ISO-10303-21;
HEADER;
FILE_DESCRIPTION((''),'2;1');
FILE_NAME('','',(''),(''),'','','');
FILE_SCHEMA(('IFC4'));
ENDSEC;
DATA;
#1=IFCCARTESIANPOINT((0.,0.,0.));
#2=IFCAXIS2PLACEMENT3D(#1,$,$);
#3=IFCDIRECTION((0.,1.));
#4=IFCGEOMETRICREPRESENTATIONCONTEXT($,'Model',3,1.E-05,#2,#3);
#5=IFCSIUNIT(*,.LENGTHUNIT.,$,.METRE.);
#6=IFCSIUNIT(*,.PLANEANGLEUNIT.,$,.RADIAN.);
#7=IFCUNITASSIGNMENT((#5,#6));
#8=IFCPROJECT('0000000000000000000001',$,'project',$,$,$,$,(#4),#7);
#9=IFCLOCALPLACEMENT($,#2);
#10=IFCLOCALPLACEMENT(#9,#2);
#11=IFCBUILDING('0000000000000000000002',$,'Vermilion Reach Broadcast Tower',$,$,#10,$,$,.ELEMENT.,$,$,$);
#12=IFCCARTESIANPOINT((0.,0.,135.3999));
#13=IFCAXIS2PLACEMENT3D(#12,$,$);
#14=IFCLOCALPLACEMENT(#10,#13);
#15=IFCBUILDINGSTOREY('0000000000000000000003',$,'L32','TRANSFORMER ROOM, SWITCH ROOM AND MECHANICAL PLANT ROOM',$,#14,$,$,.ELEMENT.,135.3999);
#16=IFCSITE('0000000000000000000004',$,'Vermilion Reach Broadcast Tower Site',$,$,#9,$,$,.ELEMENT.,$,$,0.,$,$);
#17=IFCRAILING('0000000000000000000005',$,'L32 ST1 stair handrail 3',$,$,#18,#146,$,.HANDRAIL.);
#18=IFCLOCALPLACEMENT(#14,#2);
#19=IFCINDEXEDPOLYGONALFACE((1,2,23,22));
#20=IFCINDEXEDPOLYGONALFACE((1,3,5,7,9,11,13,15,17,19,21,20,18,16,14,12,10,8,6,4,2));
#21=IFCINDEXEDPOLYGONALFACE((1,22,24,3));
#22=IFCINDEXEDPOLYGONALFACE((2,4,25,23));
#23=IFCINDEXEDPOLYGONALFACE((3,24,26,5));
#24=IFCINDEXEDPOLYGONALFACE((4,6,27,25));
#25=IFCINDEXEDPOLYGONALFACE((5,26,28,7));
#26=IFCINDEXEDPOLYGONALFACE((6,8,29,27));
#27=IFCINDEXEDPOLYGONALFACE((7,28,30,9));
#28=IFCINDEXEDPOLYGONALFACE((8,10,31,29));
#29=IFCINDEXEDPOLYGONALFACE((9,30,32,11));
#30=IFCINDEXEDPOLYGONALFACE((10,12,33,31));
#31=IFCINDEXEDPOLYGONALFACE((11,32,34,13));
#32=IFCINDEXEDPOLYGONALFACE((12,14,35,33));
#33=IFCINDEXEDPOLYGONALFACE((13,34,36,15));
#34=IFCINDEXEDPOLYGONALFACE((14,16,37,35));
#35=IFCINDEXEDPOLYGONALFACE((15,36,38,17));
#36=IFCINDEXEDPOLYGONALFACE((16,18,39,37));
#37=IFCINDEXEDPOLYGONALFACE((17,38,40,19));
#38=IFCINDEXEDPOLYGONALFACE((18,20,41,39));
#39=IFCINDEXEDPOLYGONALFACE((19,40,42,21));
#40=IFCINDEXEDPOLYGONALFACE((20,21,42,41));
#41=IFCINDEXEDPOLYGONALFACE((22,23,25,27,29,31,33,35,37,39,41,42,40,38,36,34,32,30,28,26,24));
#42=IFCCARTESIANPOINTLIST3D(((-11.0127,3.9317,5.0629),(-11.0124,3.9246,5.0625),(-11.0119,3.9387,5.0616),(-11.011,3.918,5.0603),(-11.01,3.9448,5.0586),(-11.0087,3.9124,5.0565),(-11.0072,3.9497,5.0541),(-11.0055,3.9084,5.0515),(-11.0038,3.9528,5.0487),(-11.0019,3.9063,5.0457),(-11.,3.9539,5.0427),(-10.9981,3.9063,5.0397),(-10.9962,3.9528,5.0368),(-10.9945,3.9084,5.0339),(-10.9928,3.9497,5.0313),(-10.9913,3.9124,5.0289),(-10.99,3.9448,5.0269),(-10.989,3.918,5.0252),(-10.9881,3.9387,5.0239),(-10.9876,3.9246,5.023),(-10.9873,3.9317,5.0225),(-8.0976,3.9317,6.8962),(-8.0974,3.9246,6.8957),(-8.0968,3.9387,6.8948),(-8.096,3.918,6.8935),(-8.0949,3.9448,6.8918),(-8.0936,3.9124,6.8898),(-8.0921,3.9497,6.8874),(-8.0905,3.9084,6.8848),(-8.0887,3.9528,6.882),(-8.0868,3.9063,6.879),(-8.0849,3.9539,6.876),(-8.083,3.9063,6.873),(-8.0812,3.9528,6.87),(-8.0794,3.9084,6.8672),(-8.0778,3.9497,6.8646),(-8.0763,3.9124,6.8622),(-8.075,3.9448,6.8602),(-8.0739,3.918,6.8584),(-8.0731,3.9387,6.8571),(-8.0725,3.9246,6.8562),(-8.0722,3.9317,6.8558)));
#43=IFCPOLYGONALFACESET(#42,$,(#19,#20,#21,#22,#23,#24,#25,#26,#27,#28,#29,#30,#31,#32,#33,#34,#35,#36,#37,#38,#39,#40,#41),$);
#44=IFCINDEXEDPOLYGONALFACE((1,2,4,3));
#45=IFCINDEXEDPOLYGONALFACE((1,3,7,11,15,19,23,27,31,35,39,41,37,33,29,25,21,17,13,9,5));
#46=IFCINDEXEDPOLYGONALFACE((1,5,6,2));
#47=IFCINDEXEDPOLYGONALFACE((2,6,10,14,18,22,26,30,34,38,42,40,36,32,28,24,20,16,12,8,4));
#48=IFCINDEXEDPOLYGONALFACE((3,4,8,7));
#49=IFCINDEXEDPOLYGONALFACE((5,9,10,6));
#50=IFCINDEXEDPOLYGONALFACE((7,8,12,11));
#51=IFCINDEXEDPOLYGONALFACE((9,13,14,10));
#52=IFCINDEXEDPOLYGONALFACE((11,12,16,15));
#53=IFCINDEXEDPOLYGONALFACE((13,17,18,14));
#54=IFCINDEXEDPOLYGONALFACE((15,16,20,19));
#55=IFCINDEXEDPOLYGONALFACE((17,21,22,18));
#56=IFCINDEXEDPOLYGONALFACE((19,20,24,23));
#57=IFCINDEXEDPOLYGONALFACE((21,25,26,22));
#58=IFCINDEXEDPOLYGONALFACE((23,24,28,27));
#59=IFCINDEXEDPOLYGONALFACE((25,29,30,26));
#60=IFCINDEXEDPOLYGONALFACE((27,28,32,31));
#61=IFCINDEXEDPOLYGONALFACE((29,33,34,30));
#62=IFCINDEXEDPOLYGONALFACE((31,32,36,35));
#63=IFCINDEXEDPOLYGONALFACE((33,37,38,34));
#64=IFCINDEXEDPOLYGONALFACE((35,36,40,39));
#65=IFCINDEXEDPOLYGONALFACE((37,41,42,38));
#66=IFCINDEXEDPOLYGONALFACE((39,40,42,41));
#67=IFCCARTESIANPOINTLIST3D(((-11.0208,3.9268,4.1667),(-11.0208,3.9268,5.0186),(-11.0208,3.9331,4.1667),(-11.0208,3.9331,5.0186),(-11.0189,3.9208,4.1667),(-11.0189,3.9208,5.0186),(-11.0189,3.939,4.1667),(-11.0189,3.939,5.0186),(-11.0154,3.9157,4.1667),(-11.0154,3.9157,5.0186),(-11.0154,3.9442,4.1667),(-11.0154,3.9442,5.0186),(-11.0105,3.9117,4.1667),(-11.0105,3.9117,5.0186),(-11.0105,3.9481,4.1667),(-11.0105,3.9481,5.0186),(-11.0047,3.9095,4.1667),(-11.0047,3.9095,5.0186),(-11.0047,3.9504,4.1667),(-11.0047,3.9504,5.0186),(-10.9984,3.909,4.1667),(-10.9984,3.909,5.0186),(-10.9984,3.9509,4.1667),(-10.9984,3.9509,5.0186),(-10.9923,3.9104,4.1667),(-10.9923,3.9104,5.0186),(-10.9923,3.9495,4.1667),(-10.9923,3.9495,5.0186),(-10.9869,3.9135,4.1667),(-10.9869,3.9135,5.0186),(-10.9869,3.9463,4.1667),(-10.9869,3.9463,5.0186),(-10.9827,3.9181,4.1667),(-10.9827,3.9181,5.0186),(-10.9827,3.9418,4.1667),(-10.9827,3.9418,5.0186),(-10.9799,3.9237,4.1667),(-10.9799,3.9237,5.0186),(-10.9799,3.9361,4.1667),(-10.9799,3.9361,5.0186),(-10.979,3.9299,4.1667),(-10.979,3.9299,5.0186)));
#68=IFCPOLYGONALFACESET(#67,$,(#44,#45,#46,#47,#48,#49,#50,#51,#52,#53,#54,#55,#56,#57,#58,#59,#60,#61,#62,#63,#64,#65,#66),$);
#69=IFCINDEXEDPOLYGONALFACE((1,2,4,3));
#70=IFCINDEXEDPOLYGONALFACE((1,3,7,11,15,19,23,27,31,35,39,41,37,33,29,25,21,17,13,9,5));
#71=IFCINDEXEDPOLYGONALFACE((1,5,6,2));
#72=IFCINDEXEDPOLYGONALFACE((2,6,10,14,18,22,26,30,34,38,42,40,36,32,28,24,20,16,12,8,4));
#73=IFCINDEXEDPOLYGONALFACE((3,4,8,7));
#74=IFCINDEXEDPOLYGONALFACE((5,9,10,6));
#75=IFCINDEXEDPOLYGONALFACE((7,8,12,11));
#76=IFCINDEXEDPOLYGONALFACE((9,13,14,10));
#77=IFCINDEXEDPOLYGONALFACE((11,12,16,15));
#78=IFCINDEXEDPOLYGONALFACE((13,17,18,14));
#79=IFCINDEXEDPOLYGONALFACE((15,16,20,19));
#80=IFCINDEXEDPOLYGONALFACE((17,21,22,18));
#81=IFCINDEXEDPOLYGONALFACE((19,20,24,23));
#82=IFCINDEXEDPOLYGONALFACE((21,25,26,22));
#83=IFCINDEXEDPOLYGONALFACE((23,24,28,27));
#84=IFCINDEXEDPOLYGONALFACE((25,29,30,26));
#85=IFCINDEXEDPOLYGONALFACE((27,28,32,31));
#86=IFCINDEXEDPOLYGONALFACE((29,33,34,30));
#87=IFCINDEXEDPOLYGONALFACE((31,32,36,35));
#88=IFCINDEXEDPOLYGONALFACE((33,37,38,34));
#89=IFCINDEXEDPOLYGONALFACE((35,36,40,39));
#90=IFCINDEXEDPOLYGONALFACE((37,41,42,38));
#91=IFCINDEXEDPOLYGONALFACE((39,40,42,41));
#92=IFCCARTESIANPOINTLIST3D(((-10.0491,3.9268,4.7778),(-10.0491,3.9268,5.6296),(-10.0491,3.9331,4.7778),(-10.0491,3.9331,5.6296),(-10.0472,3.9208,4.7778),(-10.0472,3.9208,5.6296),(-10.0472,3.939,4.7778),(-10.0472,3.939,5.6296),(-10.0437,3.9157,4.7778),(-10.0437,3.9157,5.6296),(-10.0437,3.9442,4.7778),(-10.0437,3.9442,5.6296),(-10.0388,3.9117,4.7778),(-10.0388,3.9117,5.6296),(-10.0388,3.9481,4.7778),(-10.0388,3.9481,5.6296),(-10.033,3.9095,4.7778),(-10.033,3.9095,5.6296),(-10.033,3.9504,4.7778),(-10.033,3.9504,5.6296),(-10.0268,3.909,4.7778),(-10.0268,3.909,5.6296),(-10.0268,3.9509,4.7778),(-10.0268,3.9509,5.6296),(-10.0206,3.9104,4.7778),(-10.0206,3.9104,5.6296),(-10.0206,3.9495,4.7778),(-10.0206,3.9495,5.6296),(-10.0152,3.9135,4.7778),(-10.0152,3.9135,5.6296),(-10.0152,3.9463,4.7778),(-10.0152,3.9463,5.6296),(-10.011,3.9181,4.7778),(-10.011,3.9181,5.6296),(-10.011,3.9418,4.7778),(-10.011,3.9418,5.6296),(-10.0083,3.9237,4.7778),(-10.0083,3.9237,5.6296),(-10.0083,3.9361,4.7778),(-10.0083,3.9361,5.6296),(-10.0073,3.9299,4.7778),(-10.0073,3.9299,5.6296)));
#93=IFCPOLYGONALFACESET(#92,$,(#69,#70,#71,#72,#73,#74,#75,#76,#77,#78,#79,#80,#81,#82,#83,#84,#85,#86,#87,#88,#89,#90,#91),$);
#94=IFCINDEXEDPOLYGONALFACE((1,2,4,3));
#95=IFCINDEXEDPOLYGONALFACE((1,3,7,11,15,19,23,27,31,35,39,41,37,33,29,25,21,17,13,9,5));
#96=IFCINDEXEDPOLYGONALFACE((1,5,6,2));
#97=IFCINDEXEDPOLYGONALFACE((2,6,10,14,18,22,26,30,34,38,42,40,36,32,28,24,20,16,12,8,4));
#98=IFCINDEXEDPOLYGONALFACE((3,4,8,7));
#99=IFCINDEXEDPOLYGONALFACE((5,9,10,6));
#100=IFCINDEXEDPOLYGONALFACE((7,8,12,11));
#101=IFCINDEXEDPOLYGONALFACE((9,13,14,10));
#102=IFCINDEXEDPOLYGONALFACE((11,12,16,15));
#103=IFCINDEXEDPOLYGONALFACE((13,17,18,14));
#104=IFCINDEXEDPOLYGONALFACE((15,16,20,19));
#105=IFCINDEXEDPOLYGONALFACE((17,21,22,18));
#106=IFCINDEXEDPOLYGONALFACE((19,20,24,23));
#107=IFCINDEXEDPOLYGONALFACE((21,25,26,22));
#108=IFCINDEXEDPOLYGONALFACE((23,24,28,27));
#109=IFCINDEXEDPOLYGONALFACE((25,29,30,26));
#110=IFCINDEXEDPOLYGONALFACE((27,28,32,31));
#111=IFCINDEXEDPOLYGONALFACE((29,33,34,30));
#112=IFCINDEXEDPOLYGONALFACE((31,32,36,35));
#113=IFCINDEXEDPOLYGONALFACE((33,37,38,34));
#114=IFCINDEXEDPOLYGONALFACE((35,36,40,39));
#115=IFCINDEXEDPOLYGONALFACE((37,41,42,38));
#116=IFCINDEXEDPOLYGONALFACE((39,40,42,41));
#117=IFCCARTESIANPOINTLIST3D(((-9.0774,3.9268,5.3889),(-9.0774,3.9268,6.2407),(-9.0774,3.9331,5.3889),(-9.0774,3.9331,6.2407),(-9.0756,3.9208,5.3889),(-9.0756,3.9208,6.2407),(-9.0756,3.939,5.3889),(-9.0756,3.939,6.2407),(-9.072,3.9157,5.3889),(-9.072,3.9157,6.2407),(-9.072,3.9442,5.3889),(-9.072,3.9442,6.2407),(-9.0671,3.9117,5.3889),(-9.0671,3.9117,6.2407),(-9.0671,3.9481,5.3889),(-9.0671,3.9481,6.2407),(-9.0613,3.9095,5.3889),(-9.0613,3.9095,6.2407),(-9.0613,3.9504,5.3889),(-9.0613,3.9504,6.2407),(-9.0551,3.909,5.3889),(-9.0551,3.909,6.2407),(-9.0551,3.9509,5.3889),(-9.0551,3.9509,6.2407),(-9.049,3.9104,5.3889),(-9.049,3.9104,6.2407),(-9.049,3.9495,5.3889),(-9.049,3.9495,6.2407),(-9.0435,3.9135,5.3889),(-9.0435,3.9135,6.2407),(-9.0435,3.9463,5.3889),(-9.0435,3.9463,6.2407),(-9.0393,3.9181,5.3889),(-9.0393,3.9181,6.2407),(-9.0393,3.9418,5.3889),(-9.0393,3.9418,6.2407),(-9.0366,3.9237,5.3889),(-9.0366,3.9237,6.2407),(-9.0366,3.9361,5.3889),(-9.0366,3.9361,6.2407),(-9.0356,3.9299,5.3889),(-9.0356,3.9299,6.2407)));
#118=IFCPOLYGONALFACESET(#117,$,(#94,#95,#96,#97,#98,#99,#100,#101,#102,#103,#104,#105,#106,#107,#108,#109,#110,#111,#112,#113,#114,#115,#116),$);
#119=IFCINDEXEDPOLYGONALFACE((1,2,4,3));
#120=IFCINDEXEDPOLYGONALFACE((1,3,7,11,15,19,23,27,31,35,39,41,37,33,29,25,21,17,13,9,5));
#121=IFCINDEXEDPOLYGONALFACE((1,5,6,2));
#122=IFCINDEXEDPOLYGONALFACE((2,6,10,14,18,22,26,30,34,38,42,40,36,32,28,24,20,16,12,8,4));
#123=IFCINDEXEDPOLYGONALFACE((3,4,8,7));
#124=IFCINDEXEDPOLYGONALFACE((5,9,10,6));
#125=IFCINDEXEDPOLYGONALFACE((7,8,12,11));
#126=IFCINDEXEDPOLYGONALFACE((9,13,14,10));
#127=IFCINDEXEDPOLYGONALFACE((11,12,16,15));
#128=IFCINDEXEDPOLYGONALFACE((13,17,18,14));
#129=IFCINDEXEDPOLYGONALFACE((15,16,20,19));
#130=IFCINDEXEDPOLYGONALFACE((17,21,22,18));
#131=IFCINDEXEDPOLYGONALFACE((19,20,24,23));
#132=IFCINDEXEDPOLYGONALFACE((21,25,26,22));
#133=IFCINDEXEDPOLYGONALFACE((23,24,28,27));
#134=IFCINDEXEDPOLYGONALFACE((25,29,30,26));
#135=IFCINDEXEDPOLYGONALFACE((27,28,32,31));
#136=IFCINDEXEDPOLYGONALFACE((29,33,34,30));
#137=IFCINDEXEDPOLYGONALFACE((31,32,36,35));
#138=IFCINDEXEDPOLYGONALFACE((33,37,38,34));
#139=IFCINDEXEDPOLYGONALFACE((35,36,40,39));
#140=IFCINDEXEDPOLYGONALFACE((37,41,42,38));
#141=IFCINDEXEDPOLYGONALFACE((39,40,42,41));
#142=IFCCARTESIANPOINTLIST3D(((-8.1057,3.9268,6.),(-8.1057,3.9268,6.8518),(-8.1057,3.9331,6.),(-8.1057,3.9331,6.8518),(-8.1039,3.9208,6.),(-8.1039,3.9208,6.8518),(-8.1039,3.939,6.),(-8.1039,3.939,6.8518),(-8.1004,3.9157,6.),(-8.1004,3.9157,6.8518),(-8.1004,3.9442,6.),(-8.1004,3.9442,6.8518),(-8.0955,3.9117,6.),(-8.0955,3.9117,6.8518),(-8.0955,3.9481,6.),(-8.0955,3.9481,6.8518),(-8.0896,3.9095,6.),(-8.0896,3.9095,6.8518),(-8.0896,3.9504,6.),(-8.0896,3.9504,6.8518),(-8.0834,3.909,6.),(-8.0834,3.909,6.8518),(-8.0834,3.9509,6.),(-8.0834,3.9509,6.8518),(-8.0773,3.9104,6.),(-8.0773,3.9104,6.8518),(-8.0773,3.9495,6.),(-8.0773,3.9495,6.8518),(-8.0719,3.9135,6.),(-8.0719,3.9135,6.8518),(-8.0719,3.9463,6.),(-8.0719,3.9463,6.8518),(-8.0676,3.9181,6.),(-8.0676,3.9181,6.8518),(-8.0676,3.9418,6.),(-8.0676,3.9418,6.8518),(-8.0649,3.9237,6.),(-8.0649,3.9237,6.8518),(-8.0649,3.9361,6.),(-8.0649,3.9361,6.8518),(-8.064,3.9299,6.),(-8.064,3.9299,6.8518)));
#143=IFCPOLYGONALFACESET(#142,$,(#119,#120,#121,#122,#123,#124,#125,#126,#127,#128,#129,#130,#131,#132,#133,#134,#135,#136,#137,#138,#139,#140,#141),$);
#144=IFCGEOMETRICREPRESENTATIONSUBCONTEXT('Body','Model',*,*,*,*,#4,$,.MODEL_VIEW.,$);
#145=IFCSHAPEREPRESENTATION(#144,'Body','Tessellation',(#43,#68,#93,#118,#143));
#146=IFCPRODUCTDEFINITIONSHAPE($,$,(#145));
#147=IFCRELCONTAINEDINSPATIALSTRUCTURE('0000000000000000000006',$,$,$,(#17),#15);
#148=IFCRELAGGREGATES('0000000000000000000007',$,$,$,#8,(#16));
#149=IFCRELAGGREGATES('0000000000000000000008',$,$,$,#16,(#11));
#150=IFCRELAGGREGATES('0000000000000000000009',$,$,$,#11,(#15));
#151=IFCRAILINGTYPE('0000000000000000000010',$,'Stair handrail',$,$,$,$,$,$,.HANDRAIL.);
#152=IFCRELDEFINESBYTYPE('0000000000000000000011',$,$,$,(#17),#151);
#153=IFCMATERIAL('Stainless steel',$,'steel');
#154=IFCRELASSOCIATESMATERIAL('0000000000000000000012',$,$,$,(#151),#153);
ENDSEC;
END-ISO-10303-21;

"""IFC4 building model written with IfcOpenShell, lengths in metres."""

from ifc_helpers import new_model, si_unit, direction, frame, origin, origin_2d, place, context, subcontext, project, spatial, circle, extrude, material, type_object, element, save


model = new_model("IFC4")

# Units and contexts
model_context = context("Model", 3, precision=1e-05, world=origin(), true_north=direction((0.0, 1.0)))
body_context = subcontext(model_context, "Body", "Model", "MODEL_VIEW")
ifc_project = project(units=[si_unit("LENGTHUNIT", "METRE"), si_unit("PLANEANGLEUNIT", "RADIAN")], contexts=[model_context])

# Site, building, storey
site_placement = place(None, origin())
site = spatial("IfcSite", under=ifc_project, at=site_placement, Name="Vermilion Reach Broadcast Tower Site", CompositionType="ELEMENT", RefElevation=0.0)
building_placement = place(site_placement, origin())
building = spatial("IfcBuilding", under=site, at=building_placement, Name="Vermilion Reach Broadcast Tower", CompositionType="ELEMENT")
storey_placement = place(building_placement, frame((0.0, 0.0, 135.3999)))
storey = spatial("IfcBuildingStorey", under=building, at=storey_placement, Name="L32", Description="TRANSFORMER ROOM, SWITCH ROOM AND MECHANICAL PLANT ROOM", CompositionType="ELEMENT", Elevation=135.3999)

# Railing
ifc_material_1 = material(Name="Stainless steel", Category="steel")
railing_type_1 = type_object("IfcRailingType", Name="Stair handrail", PredefinedType="HANDRAIL", material=ifc_material_1)
railing_1_placement = place(storey_placement, frame((-11.0, 3.9299, 4.1667)))
element("IfcRailing", 1, at=railing_1_placement, inside=storey, type_object=railing_type_1, Name="L32 ST1 stair handrail 3", PredefinedType="HANDRAIL", context=body_context, shape_type="SweptSolid", body=[
    extrude(circle(Radius=0.0239, at=origin_2d()), frame((0.0, 0.0, 0.876), z_axis=(0.846513, 0.0, 0.532368), x_axis=(0.0, 1.0, 0.0)), (0.0, 0.0, 1.0), 3.4436),
    extrude(circle(Radius=0.021, at=origin_2d()), origin(), (0.0, 0.0, 1.0), 0.8518),
    extrude(circle(Radius=0.021, at=origin_2d()), frame((0.9717, 0.0, 0.6111)), (0.0, 0.0, 1.0), 0.8518),
    extrude(circle(Radius=0.021, at=origin_2d()), frame((1.9434, 0.0, 1.2222)), (0.0, 0.0, 1.0), 0.8518),
    extrude(circle(Radius=0.021, at=origin_2d()), frame((2.915, 0.0, 1.8333)), (0.0, 0.0, 1.0), 0.8518),
])

save(model, "model.ifc")
